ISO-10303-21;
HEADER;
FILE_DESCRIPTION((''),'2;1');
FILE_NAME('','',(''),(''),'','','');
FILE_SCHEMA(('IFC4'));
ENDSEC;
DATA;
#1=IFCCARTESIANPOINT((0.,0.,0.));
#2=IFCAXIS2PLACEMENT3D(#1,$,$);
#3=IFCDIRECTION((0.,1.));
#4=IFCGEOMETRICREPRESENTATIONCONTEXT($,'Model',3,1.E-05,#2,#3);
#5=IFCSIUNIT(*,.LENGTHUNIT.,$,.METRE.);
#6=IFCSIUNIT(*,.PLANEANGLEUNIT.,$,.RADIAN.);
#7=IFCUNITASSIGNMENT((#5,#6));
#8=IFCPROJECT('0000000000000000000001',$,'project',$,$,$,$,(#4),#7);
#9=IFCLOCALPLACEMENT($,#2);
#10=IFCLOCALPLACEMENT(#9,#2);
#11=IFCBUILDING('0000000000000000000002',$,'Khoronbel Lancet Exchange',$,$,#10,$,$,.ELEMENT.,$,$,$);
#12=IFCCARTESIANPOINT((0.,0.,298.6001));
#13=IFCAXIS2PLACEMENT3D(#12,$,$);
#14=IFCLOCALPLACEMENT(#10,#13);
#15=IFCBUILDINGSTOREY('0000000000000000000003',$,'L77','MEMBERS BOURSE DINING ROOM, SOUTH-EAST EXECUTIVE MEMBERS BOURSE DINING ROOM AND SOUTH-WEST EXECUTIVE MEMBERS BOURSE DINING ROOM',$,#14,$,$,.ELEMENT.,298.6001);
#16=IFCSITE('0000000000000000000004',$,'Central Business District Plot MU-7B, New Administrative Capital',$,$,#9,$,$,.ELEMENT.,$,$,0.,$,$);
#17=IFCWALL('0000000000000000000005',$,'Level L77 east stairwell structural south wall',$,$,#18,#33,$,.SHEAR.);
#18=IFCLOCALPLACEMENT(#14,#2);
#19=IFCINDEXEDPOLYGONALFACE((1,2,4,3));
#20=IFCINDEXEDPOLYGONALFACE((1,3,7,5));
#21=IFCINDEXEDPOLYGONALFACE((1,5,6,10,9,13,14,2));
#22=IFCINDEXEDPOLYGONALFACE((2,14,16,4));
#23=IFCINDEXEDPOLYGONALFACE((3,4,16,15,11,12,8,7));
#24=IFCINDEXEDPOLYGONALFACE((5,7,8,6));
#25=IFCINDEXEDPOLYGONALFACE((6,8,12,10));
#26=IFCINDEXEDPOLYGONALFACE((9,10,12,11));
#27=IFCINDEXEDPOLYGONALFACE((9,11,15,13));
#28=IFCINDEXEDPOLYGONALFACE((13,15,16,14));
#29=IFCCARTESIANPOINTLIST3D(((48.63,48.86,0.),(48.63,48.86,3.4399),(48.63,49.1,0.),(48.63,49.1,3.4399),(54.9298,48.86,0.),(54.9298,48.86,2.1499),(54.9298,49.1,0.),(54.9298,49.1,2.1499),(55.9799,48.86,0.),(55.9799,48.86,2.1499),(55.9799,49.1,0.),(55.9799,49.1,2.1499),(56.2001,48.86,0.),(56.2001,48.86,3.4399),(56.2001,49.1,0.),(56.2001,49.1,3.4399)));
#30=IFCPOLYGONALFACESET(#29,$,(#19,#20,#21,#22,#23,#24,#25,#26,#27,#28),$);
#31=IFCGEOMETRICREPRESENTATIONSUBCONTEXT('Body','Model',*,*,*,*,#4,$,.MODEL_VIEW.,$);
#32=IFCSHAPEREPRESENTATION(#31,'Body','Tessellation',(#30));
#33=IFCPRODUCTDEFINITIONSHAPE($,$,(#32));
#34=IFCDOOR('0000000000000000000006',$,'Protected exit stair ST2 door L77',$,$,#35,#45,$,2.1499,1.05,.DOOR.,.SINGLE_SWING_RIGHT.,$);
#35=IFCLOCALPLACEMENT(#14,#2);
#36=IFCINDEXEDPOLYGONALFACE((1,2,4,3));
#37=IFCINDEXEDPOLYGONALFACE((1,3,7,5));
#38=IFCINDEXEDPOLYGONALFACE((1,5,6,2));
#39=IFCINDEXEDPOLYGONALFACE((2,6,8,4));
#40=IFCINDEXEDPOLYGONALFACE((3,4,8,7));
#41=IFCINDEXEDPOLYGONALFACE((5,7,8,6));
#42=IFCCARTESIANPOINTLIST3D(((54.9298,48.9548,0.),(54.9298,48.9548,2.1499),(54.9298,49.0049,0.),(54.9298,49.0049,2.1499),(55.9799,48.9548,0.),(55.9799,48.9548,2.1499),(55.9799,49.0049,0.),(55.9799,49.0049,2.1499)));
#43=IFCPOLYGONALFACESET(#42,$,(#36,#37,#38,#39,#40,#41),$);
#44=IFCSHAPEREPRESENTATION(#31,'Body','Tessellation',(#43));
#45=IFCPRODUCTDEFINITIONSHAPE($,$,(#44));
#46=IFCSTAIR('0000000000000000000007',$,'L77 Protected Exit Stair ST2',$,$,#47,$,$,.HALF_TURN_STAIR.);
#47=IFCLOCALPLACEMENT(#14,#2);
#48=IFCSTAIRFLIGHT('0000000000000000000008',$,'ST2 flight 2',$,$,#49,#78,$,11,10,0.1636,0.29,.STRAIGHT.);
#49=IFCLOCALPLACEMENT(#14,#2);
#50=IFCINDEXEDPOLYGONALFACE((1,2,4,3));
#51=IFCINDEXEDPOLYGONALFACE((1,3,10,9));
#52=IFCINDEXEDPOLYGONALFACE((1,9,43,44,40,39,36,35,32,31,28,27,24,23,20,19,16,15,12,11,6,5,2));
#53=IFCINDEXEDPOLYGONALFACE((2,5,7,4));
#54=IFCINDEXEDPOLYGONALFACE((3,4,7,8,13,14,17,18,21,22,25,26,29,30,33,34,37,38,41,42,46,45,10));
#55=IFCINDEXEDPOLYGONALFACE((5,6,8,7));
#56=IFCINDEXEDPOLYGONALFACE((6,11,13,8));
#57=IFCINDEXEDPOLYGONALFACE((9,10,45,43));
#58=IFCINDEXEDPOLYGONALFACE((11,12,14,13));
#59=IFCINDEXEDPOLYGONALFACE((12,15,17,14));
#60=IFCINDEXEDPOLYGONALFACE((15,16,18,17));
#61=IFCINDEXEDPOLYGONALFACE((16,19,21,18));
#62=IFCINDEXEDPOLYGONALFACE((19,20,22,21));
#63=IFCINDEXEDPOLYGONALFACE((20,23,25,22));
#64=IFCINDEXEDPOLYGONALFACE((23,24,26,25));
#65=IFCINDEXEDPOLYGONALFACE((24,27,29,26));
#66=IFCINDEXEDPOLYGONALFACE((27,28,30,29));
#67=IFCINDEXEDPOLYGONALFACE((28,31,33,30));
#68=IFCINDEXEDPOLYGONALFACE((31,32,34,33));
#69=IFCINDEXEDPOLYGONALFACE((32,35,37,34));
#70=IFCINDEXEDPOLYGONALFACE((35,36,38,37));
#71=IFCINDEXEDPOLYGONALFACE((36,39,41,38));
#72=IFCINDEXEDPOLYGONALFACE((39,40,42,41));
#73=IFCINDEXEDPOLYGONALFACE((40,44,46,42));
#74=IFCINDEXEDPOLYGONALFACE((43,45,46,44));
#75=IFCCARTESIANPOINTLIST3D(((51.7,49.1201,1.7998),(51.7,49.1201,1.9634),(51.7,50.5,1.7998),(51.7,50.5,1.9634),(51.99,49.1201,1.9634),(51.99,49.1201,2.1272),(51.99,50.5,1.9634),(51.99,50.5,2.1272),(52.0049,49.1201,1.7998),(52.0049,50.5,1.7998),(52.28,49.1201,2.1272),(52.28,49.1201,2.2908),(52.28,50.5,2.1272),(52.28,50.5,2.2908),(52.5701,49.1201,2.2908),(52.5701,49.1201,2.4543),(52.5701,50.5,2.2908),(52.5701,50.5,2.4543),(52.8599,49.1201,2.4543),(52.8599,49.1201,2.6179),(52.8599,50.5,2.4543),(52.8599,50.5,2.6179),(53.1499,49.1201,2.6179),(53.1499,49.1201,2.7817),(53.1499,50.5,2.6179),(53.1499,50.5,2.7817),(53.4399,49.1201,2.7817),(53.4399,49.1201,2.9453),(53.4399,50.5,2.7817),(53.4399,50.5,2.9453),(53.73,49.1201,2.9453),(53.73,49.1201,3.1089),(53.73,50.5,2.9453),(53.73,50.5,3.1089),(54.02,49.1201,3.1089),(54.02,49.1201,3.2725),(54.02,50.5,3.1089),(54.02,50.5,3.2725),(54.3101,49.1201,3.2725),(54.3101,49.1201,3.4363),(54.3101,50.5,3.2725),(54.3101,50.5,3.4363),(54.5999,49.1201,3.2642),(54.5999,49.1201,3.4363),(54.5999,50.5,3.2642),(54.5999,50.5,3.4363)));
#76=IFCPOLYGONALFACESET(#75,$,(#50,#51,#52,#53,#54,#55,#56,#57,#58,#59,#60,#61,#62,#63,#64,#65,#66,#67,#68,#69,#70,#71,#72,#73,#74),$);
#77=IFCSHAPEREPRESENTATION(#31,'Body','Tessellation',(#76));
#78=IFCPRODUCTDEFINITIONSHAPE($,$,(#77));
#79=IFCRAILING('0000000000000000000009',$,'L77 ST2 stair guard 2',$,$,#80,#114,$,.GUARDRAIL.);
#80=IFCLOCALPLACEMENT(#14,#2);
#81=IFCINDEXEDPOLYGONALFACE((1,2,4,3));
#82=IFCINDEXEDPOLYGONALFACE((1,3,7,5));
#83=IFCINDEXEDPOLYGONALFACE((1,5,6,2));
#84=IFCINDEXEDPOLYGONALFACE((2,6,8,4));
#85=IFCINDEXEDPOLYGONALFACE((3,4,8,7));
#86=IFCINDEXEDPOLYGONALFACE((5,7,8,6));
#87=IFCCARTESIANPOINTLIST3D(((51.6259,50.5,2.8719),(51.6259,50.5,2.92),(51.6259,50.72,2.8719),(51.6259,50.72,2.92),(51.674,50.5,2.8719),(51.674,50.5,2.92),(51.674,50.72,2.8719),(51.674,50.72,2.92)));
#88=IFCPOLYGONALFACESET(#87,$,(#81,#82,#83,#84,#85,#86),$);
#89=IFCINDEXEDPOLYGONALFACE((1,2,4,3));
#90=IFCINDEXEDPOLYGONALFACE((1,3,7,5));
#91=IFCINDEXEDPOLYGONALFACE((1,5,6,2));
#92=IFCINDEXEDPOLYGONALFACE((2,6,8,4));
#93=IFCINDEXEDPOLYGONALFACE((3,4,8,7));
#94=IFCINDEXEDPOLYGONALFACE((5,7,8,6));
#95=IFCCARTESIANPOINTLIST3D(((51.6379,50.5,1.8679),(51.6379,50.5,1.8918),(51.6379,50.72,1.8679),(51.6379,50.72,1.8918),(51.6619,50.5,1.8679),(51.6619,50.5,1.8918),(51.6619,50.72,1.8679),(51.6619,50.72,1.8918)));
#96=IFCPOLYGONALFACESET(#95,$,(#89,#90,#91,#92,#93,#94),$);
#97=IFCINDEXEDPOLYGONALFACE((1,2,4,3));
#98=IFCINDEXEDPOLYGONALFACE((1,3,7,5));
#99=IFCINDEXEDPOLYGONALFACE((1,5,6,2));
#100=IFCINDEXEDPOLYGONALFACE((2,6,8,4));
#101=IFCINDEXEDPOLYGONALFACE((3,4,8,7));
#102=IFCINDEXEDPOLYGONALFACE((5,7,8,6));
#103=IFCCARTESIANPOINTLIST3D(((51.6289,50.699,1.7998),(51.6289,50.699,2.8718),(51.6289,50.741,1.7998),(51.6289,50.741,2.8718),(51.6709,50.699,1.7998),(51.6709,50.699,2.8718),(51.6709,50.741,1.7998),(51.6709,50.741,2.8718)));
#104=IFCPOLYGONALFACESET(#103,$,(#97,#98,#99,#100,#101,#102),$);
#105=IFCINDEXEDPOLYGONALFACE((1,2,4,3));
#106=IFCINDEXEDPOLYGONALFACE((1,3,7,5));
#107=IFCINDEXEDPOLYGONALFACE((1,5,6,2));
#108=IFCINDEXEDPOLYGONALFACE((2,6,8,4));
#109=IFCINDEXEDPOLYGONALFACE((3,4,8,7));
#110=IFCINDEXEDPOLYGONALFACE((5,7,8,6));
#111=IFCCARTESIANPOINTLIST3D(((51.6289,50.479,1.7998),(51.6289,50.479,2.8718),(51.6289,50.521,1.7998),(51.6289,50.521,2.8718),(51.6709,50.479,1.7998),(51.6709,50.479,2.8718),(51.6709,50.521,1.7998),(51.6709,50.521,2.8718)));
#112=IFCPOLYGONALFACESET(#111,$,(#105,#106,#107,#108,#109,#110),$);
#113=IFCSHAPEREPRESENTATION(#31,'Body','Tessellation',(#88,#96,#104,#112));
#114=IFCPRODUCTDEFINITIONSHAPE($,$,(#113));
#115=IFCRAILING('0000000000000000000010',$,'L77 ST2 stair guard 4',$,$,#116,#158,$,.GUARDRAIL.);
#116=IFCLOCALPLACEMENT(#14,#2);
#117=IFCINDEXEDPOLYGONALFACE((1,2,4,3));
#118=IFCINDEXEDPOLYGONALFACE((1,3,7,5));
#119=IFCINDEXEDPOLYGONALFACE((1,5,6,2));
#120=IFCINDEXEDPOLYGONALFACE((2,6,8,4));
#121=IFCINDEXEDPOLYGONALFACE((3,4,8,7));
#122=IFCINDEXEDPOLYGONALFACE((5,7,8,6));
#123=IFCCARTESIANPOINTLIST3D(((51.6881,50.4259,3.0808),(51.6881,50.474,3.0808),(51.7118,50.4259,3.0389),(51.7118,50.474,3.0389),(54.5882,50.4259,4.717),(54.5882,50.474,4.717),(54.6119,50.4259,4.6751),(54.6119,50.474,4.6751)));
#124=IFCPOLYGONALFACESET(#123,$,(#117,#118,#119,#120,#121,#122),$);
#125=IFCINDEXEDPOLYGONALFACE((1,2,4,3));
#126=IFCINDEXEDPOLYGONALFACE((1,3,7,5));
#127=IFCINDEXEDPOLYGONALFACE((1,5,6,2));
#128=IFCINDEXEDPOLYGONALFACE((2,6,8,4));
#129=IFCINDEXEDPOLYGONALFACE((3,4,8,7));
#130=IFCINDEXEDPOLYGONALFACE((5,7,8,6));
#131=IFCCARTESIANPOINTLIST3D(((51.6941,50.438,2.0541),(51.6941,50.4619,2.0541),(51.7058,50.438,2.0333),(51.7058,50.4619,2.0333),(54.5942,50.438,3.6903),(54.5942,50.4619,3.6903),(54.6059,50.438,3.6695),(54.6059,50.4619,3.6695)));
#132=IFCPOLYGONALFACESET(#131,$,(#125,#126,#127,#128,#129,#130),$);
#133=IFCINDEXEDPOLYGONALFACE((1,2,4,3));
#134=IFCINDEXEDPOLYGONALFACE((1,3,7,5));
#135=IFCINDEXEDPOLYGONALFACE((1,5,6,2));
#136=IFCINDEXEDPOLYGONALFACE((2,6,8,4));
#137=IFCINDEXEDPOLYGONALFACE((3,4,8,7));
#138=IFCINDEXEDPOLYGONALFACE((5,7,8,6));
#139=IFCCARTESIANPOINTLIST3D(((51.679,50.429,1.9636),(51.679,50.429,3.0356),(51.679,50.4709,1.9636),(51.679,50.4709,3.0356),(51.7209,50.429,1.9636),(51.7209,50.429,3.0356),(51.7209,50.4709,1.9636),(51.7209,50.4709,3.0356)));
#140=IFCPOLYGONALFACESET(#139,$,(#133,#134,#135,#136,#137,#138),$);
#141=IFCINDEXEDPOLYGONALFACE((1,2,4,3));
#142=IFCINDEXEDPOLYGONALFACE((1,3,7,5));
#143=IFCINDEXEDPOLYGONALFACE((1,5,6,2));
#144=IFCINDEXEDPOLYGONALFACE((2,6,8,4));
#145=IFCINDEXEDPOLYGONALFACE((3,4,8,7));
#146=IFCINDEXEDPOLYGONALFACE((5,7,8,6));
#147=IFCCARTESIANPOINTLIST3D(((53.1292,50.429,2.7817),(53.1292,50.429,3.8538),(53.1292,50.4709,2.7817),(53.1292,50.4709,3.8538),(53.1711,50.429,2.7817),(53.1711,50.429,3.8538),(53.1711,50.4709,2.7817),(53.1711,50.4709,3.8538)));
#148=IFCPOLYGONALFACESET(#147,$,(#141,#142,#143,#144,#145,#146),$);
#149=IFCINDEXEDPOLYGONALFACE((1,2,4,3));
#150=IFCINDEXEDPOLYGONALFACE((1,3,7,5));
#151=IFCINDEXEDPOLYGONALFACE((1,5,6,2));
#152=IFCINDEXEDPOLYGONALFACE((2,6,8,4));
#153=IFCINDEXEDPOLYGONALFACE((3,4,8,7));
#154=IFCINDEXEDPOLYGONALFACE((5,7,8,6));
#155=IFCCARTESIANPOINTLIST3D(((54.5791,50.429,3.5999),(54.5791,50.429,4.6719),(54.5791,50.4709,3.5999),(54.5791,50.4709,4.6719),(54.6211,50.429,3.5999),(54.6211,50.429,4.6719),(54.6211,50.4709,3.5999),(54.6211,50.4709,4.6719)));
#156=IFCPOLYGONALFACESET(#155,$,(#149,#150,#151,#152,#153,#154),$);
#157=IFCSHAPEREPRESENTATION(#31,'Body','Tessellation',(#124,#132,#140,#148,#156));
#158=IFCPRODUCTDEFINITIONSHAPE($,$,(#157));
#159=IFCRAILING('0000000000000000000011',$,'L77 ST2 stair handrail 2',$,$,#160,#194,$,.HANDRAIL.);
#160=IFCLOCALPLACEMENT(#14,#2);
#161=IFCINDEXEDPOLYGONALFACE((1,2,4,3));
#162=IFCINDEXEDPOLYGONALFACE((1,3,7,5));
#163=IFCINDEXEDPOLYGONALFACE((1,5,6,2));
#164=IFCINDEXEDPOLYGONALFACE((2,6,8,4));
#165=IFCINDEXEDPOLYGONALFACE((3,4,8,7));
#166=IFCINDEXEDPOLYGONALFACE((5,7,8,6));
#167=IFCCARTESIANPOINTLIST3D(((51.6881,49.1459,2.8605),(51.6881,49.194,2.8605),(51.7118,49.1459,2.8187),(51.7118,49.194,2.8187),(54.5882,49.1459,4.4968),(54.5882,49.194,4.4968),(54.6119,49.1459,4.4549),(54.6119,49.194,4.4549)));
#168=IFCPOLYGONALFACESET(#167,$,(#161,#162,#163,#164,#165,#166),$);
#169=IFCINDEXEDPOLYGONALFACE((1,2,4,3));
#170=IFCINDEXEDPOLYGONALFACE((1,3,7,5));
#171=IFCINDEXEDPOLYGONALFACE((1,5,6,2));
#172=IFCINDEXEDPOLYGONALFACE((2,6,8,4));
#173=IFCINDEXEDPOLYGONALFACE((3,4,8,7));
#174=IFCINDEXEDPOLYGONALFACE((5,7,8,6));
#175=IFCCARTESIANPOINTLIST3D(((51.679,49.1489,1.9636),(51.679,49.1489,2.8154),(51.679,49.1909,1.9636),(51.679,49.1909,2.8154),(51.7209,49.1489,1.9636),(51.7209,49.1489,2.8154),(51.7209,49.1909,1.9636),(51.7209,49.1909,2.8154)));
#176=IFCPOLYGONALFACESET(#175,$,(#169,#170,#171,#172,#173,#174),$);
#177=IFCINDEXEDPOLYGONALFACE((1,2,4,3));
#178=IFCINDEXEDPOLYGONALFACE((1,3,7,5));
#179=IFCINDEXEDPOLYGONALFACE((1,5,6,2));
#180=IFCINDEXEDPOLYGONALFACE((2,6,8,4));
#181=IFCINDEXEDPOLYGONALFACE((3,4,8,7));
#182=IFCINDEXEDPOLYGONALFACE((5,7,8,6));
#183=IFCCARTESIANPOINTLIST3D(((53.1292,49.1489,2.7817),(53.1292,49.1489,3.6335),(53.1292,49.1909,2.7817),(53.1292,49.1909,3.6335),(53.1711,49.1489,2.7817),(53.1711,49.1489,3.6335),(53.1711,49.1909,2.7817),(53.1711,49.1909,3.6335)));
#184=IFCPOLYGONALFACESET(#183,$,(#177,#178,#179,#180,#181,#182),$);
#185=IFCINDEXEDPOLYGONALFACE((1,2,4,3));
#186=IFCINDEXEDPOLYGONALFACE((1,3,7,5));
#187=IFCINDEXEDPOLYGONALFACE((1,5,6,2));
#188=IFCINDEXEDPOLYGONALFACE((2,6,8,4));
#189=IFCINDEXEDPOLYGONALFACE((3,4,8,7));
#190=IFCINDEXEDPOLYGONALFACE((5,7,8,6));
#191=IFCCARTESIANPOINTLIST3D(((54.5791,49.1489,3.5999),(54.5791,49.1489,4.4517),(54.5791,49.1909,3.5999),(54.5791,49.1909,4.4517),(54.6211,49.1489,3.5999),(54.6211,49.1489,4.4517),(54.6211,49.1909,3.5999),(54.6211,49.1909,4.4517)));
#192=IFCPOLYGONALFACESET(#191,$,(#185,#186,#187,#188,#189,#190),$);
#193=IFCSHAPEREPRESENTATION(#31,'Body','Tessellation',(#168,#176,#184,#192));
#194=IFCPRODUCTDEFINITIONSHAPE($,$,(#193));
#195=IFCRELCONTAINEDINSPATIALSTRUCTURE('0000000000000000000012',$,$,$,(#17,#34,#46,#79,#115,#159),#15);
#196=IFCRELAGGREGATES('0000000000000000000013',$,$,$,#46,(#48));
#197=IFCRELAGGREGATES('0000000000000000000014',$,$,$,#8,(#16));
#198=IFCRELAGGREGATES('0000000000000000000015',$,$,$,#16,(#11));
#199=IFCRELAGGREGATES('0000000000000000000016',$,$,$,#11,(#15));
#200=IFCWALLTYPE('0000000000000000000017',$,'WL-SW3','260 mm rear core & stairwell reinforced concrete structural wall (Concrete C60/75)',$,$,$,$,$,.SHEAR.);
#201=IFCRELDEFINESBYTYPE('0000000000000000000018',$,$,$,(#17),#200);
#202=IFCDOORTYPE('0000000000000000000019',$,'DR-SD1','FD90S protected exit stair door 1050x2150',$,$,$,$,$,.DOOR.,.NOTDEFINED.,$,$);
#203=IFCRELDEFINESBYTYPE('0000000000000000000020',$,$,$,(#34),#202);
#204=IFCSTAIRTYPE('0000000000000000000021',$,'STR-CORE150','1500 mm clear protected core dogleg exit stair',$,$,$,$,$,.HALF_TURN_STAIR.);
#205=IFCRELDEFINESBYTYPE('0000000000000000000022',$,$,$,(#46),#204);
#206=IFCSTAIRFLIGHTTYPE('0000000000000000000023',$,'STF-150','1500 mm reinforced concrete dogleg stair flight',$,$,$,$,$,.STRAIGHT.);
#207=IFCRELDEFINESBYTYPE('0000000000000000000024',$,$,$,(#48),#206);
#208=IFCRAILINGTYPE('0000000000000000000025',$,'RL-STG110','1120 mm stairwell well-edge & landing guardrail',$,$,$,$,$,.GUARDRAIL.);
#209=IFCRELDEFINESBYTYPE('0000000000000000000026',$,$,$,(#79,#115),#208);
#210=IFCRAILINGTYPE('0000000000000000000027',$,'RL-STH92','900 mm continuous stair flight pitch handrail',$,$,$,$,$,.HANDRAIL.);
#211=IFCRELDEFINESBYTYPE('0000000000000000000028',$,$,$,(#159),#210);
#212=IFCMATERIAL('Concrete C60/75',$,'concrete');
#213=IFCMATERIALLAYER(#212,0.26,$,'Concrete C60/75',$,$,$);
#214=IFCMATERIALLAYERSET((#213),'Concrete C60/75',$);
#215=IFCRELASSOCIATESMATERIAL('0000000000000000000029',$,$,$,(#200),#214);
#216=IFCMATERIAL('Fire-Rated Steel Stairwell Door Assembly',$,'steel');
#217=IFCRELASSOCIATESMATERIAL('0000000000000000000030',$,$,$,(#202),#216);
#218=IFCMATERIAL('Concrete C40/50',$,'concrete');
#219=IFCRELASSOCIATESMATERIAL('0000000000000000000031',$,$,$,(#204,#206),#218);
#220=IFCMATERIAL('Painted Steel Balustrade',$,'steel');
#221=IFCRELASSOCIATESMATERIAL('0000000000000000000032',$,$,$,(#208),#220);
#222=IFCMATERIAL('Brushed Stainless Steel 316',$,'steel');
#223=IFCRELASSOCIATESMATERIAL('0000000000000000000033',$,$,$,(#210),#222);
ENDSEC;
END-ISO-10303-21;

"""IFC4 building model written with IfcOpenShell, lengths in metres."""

from ifc_helpers import new_model, si_unit, direction, frame, frame_2d, origin, origin_2d, place, context, subcontext, project, spatial, polyline, rectangle, outline, extrude, material, layer, layer_set, type_object, element, fill, aggregate, save


model = new_model("IFC4")

# Units and contexts
model_context = context("Model", 3, precision=1e-05, world=origin(), true_north=direction((0.0, 1.0)))
body_context = subcontext(model_context, "Body", "Model", "MODEL_VIEW")
ifc_project = project(units=[si_unit("LENGTHUNIT", "METRE"), si_unit("PLANEANGLEUNIT", "RADIAN")], contexts=[model_context])

# Site, building, storey
site_placement = place(None, origin())
site = spatial("IfcSite", under=ifc_project, at=site_placement, Name="Central Business District Plot MU-7B, New Administrative Capital", CompositionType="ELEMENT", RefElevation=0.0)
building_placement = place(site_placement, origin())
building = spatial("IfcBuilding", under=site, at=building_placement, Name="Khoronbel Lancet Exchange", CompositionType="ELEMENT")
storey_placement = place(building_placement, frame((0.0, 0.0, 298.6001)))
storey = spatial("IfcBuildingStorey", under=building, at=storey_placement, Name="L77", Description="MEMBERS BOURSE DINING ROOM, SOUTH-EAST EXECUTIVE MEMBERS BOURSE DINING ROOM AND SOUTH-WEST EXECUTIVE MEMBERS BOURSE DINING ROOM", CompositionType="ELEMENT", Elevation=298.6001)

# Shared definitions
ifc_material_1 = material(Name="Concrete C60/75", Category="concrete")

# Wall, opening, door
ifc_layer_1 = layer(ifc_material_1, 0.26, Name="Concrete C60/75")
ifc_layer_set_1 = layer_set([ifc_layer_1], Name="Concrete C60/75")
wall_type_1 = type_object("IfcWallType", Name="WL-SW3", Description="260 mm rear core & stairwell reinforced concrete structural wall (Concrete C60/75)", PredefinedType="SHEAR", material=ifc_layer_set_1)
wall_1_placement = place(storey_placement, frame((48.6299, 48.98, 0.0), z_axis=(0.0, 0.0, 1.0), x_axis=(1.0, 0.0, 0.0)))
wall_1 = element("IfcWall", 1, at=wall_1_placement, inside=storey, type_object=wall_type_1, Name="Level L77 east stairwell structural south wall", PredefinedType="SHEAR", context=body_context, shape_type="SweptSolid", body=[
    extrude(rectangle(XDim=7.5701, YDim=0.24, at=frame_2d((3.7852, 0.0))), origin(), (0.0, 0.0, 1.0), 3.4399),
])
opening_1_placement = place(wall_1_placement, frame((6.3, 0.0, 0.0)))
opening_1 = element("IfcOpeningElement", 2, at=opening_1_placement, cuts=wall_1, PredefinedType="OPENING", context=body_context, shape_type="SweptSolid", body=[
    extrude(rectangle(XDim=1.05, YDim=2.1499, at=frame_2d((0.5249, 1.075))), frame((0.0, 0.1299, 0.0), z_axis=(0.0, -1.0, 0.0), x_axis=(1.0, 0.0, 0.0)), (0.0, 0.0, 1.0), 0.26),
])
ifc_material_2 = material(Name="Fire-Rated Steel Stairwell Door Assembly", Category="steel")
door_type_1 = type_object("IfcDoorType", Name="DR-SD1", Description="FD90S protected exit stair door 1050x2150", OperationType="NOTDEFINED", PredefinedType="DOOR", material=ifc_material_2)
door_1_placement = place(opening_1_placement, origin())
door_1 = element("IfcDoor", 3, at=door_1_placement, inside=storey, type_object=door_type_1, Name="Protected exit stair ST2 door L77", OperationType="SINGLE_SWING_RIGHT", OverallHeight=2.1499, OverallWidth=1.05, PredefinedType="DOOR", context=body_context, shape_type="SweptSolid", body=[
    extrude(rectangle(XDim=1.05, YDim=2.1499, at=frame_2d((0.5249, 1.075))), frame((0.0, 0.0249, 0.0), z_axis=(0.0, -1.0, 0.0), x_axis=(1.0, 0.0, 0.0)), (0.0, 0.0, 1.0), 0.05),
])
fill(opening_1, door_1)

# Stair, stair flight
ifc_material_3 = material(Name="Concrete C40/50", Category="concrete")
stair_type = type_object("IfcStairType", Name="STR-CORE150", Description="1500 mm clear protected core dogleg exit stair", PredefinedType="HALF_TURN_STAIR", material=ifc_material_3)
stair_placement = place(storey_placement, origin())
stair = element("IfcStair", 4, at=stair_placement, inside=storey, type_object=stair_type, Name="L77 Protected Exit Stair ST2", PredefinedType="HALF_TURN_STAIR")
stair_flight_type = type_object("IfcStairFlightType", Name="STF-150", Description="1500 mm reinforced concrete dogleg stair flight", PredefinedType="STRAIGHT", material=ifc_material_3)
stair_flight_placement = place(storey_placement, frame((51.7, 49.8101, 1.7998), z_axis=(0.0, 0.0, 1.0), x_axis=(1.0, 0.0, 0.0)))
stair_flight = element("IfcStairFlight", 5, at=stair_flight_placement, type_object=stair_flight_type, Name="ST2 flight 2", NumberOfRisers=11, NumberOfTreads=10, PredefinedType="STRAIGHT", RiserHeight=0.1636, TreadLength=0.29, context=body_context, shape_type="SweptSolid", body=[
    extrude(outline(polyline([(0.0, 0.0), (0.0, 0.1636), (0.29, 0.1636), (0.29, 0.3274), (0.5801, 0.3274), (0.5801, 0.491), (0.8701, 0.491), (0.8701, 0.6545), (1.1599, 0.6545), (1.1599, 0.8181), (1.45, 0.8181), (1.45, 0.9819), (1.74, 0.9819), (1.74, 1.1455), (2.03, 1.1455), (2.03, 1.3091), (2.3201, 1.3091), (2.3201, 1.4727), (2.6101, 1.4727), (2.6101, 1.6365), (2.8999, 1.6365), (2.8999, 1.8), (2.8999, 1.4644), (0.3049, 0.0), (0.0, 0.0)])), frame((0.0, 0.6899, 0.0), z_axis=(0.0, -1.0, 0.0), x_axis=(1.0, 0.0, 0.0)), (0.0, 0.0, 1.0), 1.3799),
])
aggregate(stair, [stair_flight])

# Railings
ifc_material_4 = material(Name="Painted Steel Balustrade", Category="steel")
railing_type_1 = type_object("IfcRailingType", Name="RL-STG110", Description="1120 mm stairwell well-edge & landing guardrail", PredefinedType="GUARDRAIL", material=ifc_material_4)
railing_1_placement = place(storey_placement, frame((51.6499, 50.72, 1.7998)))
element("IfcRailing", 6, at=railing_1_placement, inside=storey, type_object=railing_type_1, Name="L77 ST2 stair guard 2", PredefinedType="GUARDRAIL", context=body_context, shape_type="SweptSolid", body=[
    extrude(rectangle(XDim=0.0481, YDim=0.0481, at=origin_2d()), frame((0.0, 0.0, 1.0962), z_axis=(0.0, -1.0, 0.0), x_axis=(1.0, 0.0, 0.0)), (0.0, 0.0, 1.0), 0.22),
    extrude(rectangle(XDim=0.0239, YDim=0.0239, at=origin_2d()), frame((0.0, 0.0, 0.0801), z_axis=(0.0, -1.0, 0.0), x_axis=(1.0, 0.0, 0.0)), (0.0, 0.0, 1.0), 0.22),
    extrude(rectangle(XDim=0.042, YDim=0.042, at=origin_2d()), origin(), (0.0, 0.0, 1.0), 1.072),
    extrude(rectangle(XDim=0.042, YDim=0.042, at=origin_2d()), frame((0.0, -0.22, 0.0)), (0.0, 0.0, 1.0), 1.072),
])
railing_2_placement = place(storey_placement, frame((51.7, 50.45, 1.9636)))
element("IfcRailing", 7, at=railing_2_placement, inside=storey, type_object=railing_type_1, Name="L77 ST2 stair guard 4", PredefinedType="GUARDRAIL", context=body_context, shape_type="SweptSolid", body=[
    extrude(rectangle(XDim=0.0481, YDim=0.0481, at=origin_2d()), frame((0.0, 0.0, 1.0962), z_axis=(0.870946, 0.0, 0.491378), x_axis=(0.0, 1.0, 0.0)), (0.0, 0.0, 1.0), 3.3298),
    extrude(rectangle(XDim=0.0239, YDim=0.0239, at=origin_2d()), frame((0.0, 0.0, 0.0801), z_axis=(0.870946, 0.0, 0.491378), x_axis=(0.0, 1.0, 0.0)), (0.0, 0.0, 1.0), 3.3298),
    extrude(rectangle(XDim=0.042, YDim=0.042, at=origin_2d()), origin(), (0.0, 0.0, 1.0), 1.072),
    extrude(rectangle(XDim=0.042, YDim=0.042, at=origin_2d()), frame((1.4502, 0.0, 0.8181)), (0.0, 0.0, 1.0), 1.072),
    extrude(rectangle(XDim=0.042, YDim=0.042, at=origin_2d()), frame((2.9001, 0.0, 1.6362)), (0.0, 0.0, 1.0), 1.072),
])
ifc_material_5 = material(Name="Brushed Stainless Steel 316", Category="steel")
railing_type_2 = type_object("IfcRailingType", Name="RL-STH92", Description="900 mm continuous stair flight pitch handrail", PredefinedType="HANDRAIL", material=ifc_material_5)
railing_3_placement = place(storey_placement, frame((51.7, 49.1699, 1.9636)))
element("IfcRailing", 8, at=railing_3_placement, inside=storey, type_object=railing_type_2, Name="L77 ST2 stair handrail 2", PredefinedType="HANDRAIL", context=body_context, shape_type="SweptSolid", body=[
    extrude(rectangle(XDim=0.0481, YDim=0.0481, at=origin_2d()), frame((0.0, 0.0, 0.876), z_axis=(0.870946, 0.0, 0.491378), x_axis=(0.0, 1.0, 0.0)), (0.0, 0.0, 1.0), 3.3298),
    extrude(rectangle(XDim=0.042, YDim=0.042, at=origin_2d()), origin(), (0.0, 0.0, 1.0), 0.8518),
    extrude(rectangle(XDim=0.042, YDim=0.042, at=origin_2d()), frame((1.4502, 0.0, 0.8181)), (0.0, 0.0, 1.0), 0.8518),
    extrude(rectangle(XDim=0.042, YDim=0.042, at=origin_2d()), frame((2.9001, 0.0, 1.6362)), (0.0, 0.0, 1.0), 0.8518),
])

save(model, "model.ifc")
